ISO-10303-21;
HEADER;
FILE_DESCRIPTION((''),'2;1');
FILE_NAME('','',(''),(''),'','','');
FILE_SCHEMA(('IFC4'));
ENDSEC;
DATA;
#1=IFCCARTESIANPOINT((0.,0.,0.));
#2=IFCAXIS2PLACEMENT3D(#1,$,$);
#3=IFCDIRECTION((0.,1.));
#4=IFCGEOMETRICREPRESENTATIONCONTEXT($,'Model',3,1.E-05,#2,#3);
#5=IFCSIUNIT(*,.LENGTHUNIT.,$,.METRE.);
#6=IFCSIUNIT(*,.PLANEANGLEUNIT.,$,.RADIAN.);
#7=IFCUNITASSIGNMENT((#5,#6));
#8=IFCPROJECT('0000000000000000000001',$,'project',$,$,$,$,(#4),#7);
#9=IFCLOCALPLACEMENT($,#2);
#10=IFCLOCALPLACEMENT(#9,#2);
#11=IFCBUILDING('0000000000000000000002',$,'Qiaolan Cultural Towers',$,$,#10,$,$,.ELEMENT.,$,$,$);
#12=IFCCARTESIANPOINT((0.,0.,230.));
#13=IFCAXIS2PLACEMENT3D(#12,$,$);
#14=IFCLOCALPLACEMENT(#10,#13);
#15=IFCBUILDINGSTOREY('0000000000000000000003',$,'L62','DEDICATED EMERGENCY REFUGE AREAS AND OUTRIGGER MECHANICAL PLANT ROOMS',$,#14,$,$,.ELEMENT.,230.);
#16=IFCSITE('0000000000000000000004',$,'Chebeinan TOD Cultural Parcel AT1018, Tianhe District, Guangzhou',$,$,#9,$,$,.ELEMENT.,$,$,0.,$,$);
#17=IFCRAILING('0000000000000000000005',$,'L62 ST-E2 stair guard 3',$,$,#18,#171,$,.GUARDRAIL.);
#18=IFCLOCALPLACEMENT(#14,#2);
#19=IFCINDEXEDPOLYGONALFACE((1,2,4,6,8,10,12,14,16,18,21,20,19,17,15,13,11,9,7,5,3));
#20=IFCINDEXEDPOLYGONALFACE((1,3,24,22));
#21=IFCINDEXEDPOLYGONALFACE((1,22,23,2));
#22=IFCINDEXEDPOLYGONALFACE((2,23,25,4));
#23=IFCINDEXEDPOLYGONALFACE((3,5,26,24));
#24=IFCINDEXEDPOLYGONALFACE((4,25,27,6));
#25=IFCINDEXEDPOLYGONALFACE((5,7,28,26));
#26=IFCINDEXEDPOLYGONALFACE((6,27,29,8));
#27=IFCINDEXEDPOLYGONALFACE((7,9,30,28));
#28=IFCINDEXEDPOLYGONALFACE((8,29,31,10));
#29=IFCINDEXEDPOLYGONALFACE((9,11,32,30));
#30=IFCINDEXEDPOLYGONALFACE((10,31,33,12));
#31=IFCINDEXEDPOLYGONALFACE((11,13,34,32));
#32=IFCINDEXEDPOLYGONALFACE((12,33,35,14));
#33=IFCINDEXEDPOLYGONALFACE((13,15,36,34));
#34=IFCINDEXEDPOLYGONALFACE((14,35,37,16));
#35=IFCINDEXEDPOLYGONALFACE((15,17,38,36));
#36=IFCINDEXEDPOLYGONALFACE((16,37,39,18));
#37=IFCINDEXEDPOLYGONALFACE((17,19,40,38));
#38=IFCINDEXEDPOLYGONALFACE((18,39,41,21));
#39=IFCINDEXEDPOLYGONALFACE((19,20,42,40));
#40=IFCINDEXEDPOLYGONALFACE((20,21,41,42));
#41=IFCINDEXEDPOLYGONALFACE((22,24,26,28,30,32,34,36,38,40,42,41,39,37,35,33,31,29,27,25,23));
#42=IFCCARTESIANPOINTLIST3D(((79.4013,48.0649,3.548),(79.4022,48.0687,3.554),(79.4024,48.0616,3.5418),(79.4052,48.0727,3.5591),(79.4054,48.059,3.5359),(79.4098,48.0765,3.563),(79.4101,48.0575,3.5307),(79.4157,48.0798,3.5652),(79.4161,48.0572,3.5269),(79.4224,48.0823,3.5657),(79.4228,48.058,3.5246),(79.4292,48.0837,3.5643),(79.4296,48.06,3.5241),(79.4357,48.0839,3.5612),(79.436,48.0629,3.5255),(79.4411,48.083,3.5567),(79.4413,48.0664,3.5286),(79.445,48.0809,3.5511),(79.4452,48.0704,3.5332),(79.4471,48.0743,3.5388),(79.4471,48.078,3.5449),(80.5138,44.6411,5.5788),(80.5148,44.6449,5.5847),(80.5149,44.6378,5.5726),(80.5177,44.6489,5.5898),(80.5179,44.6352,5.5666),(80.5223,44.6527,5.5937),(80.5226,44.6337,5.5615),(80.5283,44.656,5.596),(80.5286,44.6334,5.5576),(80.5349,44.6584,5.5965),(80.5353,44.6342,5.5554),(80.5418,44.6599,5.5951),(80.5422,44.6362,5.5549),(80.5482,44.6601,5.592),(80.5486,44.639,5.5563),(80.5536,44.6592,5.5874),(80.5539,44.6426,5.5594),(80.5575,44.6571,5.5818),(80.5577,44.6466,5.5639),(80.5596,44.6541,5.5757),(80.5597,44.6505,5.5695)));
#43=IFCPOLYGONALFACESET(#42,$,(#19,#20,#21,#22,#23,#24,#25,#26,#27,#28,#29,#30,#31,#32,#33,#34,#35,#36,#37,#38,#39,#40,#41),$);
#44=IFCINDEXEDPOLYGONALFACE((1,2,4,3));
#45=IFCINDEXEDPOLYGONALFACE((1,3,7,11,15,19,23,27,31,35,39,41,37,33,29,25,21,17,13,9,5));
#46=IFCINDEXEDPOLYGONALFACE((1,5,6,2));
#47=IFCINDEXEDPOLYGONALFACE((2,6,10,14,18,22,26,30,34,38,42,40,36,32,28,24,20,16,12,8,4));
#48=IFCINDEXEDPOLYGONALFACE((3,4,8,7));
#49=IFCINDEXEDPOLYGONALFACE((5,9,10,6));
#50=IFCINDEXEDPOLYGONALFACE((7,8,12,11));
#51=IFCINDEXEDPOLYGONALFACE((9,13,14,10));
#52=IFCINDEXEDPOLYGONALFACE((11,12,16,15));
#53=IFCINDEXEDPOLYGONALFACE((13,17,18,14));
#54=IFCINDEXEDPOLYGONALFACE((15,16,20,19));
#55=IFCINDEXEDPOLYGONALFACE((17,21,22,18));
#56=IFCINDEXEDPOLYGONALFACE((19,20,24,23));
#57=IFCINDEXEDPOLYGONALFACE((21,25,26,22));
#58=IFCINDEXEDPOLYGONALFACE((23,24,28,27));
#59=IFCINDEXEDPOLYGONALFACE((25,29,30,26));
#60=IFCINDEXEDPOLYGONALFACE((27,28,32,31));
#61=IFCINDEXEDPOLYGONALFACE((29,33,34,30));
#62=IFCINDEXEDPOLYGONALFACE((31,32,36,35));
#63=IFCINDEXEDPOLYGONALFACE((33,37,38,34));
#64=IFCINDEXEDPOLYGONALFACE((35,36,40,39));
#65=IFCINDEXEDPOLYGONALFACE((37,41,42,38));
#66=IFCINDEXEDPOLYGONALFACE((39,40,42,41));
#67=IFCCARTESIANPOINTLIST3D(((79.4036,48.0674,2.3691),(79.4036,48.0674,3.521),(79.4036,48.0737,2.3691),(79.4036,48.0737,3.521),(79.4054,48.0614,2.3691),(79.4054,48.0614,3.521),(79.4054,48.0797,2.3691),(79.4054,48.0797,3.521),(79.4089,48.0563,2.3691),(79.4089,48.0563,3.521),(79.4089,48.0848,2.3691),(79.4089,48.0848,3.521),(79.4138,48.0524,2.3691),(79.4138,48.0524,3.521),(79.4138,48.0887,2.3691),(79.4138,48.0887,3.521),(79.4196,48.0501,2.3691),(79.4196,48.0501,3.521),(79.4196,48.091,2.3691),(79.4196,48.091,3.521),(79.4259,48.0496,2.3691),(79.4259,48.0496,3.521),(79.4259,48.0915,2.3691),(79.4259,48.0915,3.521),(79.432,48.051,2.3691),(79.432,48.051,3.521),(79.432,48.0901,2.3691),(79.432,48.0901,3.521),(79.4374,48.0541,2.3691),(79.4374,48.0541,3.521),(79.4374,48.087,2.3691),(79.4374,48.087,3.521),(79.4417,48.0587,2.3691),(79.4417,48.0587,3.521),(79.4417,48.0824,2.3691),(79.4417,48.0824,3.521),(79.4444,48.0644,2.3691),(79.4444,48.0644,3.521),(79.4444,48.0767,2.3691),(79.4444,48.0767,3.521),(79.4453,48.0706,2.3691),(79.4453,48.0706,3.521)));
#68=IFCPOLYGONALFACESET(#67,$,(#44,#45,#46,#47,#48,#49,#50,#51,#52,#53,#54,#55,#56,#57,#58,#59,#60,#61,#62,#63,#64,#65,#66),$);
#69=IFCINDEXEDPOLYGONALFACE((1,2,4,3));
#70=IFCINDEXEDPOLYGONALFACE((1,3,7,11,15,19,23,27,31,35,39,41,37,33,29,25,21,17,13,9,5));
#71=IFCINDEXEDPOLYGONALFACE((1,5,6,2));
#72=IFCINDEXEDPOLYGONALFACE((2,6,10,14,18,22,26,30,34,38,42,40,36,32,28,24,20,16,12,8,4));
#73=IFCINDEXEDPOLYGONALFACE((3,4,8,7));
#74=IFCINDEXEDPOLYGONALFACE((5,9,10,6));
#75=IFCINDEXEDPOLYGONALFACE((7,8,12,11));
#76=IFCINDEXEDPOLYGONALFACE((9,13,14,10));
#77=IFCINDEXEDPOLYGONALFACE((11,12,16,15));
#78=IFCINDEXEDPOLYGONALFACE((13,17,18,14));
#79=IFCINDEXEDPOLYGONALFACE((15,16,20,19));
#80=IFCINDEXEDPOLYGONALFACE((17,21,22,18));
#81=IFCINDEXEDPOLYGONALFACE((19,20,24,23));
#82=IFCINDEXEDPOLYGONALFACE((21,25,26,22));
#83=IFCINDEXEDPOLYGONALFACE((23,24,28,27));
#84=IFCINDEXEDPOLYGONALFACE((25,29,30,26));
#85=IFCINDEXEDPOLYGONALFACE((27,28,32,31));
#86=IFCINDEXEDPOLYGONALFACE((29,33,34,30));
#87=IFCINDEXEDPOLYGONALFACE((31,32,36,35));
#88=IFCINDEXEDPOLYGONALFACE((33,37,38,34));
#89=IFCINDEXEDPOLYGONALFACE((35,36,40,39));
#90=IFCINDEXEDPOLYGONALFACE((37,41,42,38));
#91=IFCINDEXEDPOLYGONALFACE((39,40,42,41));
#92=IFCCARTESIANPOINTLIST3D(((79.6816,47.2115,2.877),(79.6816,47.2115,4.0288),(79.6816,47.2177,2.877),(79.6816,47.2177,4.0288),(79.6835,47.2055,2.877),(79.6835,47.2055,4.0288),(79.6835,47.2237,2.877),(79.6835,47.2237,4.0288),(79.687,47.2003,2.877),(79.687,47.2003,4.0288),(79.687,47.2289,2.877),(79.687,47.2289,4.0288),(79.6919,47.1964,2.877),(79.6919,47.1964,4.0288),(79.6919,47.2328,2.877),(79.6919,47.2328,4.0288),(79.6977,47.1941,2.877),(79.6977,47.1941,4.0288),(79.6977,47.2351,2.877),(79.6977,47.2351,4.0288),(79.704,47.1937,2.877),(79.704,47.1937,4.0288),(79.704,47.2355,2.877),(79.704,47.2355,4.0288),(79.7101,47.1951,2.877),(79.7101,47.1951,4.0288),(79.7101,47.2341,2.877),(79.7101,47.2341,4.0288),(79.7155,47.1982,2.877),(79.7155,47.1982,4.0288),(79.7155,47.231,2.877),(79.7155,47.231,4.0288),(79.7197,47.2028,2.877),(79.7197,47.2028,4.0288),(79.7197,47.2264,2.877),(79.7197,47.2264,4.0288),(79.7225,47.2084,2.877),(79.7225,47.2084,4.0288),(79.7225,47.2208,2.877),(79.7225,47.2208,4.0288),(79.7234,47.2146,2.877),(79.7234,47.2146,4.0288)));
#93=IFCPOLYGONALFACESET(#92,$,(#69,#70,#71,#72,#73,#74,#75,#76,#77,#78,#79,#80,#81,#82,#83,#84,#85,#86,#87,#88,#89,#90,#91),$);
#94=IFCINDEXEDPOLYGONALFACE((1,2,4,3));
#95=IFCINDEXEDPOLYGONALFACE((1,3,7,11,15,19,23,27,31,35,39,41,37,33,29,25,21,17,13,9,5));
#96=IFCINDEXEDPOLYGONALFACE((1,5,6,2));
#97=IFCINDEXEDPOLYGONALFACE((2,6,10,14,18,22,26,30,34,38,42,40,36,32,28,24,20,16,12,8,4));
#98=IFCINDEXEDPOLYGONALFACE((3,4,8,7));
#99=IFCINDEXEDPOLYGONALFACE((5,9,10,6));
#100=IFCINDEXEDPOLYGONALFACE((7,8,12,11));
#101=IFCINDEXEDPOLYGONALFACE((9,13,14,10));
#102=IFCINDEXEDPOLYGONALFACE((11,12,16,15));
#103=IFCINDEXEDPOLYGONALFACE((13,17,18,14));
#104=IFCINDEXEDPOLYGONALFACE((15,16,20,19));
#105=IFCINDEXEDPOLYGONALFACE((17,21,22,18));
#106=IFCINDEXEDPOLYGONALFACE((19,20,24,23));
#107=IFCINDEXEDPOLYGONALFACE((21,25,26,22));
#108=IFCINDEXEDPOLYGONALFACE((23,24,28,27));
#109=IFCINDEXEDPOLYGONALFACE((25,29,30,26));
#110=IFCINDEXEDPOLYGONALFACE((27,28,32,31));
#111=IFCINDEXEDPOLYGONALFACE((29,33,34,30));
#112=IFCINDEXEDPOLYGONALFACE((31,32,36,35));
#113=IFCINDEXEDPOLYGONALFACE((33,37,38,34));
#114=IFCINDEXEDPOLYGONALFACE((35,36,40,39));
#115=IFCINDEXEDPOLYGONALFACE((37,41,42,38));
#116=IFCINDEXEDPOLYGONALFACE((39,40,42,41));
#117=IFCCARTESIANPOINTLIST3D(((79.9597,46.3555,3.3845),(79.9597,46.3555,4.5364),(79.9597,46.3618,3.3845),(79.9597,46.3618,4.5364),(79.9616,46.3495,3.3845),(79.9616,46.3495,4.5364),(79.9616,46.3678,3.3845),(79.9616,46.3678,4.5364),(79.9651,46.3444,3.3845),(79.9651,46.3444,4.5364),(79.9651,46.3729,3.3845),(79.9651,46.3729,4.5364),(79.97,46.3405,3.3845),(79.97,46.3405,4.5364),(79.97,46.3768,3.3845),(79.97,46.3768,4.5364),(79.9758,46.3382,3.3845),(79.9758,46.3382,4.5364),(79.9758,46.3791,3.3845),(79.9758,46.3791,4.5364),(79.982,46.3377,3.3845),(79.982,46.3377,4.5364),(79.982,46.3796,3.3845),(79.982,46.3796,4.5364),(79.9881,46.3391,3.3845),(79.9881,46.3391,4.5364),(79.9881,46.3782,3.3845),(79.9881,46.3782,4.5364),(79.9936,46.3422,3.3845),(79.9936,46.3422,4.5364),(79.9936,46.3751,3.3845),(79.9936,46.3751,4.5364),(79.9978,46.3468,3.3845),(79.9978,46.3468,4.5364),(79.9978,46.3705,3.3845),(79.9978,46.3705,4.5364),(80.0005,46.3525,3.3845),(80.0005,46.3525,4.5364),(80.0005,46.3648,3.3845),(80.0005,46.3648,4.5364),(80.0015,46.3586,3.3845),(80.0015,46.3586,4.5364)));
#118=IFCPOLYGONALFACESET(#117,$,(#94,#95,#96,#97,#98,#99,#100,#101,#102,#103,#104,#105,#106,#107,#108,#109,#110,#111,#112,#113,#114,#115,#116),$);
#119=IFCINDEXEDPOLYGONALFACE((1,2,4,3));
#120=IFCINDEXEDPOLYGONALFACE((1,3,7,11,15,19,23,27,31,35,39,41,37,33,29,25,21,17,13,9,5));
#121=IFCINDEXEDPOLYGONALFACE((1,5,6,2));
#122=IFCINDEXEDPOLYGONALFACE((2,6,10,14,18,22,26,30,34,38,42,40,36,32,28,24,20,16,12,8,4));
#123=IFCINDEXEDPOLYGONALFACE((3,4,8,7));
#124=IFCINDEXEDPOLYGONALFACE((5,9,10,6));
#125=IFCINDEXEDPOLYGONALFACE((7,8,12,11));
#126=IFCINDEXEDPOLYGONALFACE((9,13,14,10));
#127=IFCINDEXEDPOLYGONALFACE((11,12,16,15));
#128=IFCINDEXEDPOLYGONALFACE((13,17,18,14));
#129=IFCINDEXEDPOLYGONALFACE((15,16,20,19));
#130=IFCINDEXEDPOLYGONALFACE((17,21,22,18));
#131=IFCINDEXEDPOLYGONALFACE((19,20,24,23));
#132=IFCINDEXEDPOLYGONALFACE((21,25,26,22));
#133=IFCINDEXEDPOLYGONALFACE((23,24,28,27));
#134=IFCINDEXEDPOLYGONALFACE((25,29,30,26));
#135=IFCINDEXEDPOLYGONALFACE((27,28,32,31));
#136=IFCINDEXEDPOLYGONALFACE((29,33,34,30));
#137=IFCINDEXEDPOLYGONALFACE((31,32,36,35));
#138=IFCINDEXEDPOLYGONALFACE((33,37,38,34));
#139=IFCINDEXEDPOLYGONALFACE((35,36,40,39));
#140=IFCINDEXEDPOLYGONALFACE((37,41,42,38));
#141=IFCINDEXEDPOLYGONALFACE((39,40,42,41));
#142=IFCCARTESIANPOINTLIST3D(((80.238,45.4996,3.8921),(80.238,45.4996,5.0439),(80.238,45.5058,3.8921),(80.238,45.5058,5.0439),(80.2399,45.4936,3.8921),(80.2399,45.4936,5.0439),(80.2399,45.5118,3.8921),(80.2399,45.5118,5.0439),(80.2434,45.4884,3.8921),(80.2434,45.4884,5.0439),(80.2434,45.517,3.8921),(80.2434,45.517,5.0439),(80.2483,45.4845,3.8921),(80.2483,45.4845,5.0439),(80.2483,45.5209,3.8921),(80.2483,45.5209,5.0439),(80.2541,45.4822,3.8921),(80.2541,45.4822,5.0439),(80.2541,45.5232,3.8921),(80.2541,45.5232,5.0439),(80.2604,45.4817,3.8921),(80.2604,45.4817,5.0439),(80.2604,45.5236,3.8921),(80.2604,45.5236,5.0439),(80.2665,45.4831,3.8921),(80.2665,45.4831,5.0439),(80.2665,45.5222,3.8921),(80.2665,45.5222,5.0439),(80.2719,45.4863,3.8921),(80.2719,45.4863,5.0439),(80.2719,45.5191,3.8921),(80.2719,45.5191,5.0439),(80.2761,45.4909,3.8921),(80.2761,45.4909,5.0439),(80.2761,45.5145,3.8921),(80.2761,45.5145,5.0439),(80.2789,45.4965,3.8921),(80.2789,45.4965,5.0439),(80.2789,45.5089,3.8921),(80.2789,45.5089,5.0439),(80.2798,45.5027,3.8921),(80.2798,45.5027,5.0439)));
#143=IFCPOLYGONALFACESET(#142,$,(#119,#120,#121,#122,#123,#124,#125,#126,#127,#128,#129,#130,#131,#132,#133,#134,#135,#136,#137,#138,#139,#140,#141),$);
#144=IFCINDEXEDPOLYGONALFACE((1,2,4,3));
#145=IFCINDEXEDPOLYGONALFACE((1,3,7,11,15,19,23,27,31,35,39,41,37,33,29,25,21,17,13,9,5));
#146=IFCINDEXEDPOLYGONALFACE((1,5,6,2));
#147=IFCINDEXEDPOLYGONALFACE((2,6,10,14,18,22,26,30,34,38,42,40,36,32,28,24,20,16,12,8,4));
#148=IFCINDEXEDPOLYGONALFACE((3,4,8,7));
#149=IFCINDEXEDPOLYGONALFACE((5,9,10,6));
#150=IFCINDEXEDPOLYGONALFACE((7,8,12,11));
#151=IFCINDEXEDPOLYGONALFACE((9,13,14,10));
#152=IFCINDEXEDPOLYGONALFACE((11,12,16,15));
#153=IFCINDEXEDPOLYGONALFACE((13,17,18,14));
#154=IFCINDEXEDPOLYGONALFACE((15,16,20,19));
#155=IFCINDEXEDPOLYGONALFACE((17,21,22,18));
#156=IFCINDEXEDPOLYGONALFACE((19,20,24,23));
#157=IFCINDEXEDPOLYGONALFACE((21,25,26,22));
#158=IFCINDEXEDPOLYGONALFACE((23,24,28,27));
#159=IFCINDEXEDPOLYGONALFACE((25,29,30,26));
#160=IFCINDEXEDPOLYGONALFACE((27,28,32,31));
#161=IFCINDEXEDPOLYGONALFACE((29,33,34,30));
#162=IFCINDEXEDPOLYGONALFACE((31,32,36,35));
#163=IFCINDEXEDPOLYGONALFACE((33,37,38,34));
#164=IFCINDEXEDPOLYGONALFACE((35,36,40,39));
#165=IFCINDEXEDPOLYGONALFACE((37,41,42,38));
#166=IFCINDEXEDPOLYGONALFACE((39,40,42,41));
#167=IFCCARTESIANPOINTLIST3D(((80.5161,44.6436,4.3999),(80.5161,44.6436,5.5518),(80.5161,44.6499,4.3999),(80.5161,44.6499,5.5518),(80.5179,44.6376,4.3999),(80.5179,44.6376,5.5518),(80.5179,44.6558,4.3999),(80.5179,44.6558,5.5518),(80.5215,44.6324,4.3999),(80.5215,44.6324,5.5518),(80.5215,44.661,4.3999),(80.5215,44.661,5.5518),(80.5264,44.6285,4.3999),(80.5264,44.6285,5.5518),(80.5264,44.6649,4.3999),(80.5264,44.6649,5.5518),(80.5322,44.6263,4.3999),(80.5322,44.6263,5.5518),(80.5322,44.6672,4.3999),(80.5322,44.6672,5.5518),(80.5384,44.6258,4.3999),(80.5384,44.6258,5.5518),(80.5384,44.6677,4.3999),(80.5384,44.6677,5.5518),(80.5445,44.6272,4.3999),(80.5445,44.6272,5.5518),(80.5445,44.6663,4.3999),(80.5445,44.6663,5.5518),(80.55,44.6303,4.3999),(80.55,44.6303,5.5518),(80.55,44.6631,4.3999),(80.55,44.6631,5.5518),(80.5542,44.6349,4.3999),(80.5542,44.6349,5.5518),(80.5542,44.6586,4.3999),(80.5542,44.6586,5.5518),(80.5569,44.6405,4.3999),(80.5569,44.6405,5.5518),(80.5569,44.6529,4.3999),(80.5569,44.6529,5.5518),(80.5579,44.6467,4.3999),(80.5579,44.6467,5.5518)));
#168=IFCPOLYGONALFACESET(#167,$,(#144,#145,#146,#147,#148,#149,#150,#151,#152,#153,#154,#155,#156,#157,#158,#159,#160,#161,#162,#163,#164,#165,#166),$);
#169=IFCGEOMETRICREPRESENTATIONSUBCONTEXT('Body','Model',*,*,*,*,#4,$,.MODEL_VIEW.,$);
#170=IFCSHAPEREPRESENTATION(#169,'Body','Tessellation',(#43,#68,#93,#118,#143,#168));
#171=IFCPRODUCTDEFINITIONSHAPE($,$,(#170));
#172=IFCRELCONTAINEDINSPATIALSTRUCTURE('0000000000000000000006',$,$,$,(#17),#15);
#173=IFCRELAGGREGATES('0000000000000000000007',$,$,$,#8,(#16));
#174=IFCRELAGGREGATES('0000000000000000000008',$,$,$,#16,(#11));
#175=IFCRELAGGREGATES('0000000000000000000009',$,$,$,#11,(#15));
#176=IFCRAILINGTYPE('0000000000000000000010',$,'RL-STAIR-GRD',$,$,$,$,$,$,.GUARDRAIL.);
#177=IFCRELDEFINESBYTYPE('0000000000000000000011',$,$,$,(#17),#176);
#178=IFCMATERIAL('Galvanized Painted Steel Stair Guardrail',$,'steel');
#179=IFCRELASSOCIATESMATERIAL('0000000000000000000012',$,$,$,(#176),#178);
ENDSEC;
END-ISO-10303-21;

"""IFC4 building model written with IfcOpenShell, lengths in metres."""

from ifc_helpers import new_model, si_unit, direction, frame, origin, origin_2d, place, context, subcontext, project, spatial, circle, extrude, material, type_object, element, save


model = new_model("IFC4")

# Units and contexts
model_context = context("Model", 3, precision=1e-05, world=origin(), true_north=direction((0.0, 1.0)))
body_context = subcontext(model_context, "Body", "Model", "MODEL_VIEW")
ifc_project = project(units=[si_unit("LENGTHUNIT", "METRE"), si_unit("PLANEANGLEUNIT", "RADIAN")], contexts=[model_context])

# Site, building, storey
site_placement = place(None, origin())
site = spatial("IfcSite", under=ifc_project, at=site_placement, Name="Chebeinan TOD Cultural Parcel AT1018, Tianhe District, Guangzhou", CompositionType="ELEMENT", RefElevation=0.0)
building_placement = place(site_placement, origin())
building = spatial("IfcBuilding", under=site, at=building_placement, Name="Qiaolan Cultural Towers", CompositionType="ELEMENT")
storey_placement = place(building_placement, frame((0.0, 0.0, 230.0)))
storey = spatial("IfcBuildingStorey", under=building, at=storey_placement, Name="L62", Description="DEDICATED EMERGENCY REFUGE AREAS AND OUTRIGGER MECHANICAL PLANT ROOMS", CompositionType="ELEMENT", Elevation=230.0)

# Railing
ifc_material_1 = material(Name="Galvanized Painted Steel Stair Guardrail", Category="steel")
railing_type_1 = type_object("IfcRailingType", Name="RL-STAIR-GRD", PredefinedType="GUARDRAIL", material=ifc_material_1)
railing_1_placement = place(storey_placement, frame((79.4243, 48.0706, 2.3691)))
element("IfcRailing", 1, at=railing_1_placement, inside=storey, type_object=railing_type_1, Name="L62 ST-E2 stair guard 3", PredefinedType="GUARDRAIL", context=body_context, shape_type="SweptSolid", body=[
    extrude(circle(Radius=0.0239, at=origin_2d()), frame((0.0, 0.0, 1.1758), z_axis=(0.269166, -0.828348, 0.491315), x_axis=(0.95105, 0.309037, 0.0)), (0.0, 0.0, 1.0), 4.1333),
    extrude(circle(Radius=0.021, at=origin_2d()), origin(), (0.0, 0.0, 1.0), 1.1519),
    extrude(circle(Radius=0.021, at=origin_2d()), frame((0.2781, -0.856, 0.5078)), (0.0, 0.0, 1.0), 1.1519),
    extrude(circle(Radius=0.021, at=origin_2d()), frame((0.5562, -1.7119, 1.0154)), (0.0, 0.0, 1.0), 1.1519),
    extrude(circle(Radius=0.021, at=origin_2d()), frame((0.8345, -2.5679, 1.5229)), (0.0, 0.0, 1.0), 1.1519),
    extrude(circle(Radius=0.021, at=origin_2d()), frame((1.1125, -3.4238, 2.0308)), (0.0, 0.0, 1.0), 1.1519),
])

save(model, "model.ifc")
